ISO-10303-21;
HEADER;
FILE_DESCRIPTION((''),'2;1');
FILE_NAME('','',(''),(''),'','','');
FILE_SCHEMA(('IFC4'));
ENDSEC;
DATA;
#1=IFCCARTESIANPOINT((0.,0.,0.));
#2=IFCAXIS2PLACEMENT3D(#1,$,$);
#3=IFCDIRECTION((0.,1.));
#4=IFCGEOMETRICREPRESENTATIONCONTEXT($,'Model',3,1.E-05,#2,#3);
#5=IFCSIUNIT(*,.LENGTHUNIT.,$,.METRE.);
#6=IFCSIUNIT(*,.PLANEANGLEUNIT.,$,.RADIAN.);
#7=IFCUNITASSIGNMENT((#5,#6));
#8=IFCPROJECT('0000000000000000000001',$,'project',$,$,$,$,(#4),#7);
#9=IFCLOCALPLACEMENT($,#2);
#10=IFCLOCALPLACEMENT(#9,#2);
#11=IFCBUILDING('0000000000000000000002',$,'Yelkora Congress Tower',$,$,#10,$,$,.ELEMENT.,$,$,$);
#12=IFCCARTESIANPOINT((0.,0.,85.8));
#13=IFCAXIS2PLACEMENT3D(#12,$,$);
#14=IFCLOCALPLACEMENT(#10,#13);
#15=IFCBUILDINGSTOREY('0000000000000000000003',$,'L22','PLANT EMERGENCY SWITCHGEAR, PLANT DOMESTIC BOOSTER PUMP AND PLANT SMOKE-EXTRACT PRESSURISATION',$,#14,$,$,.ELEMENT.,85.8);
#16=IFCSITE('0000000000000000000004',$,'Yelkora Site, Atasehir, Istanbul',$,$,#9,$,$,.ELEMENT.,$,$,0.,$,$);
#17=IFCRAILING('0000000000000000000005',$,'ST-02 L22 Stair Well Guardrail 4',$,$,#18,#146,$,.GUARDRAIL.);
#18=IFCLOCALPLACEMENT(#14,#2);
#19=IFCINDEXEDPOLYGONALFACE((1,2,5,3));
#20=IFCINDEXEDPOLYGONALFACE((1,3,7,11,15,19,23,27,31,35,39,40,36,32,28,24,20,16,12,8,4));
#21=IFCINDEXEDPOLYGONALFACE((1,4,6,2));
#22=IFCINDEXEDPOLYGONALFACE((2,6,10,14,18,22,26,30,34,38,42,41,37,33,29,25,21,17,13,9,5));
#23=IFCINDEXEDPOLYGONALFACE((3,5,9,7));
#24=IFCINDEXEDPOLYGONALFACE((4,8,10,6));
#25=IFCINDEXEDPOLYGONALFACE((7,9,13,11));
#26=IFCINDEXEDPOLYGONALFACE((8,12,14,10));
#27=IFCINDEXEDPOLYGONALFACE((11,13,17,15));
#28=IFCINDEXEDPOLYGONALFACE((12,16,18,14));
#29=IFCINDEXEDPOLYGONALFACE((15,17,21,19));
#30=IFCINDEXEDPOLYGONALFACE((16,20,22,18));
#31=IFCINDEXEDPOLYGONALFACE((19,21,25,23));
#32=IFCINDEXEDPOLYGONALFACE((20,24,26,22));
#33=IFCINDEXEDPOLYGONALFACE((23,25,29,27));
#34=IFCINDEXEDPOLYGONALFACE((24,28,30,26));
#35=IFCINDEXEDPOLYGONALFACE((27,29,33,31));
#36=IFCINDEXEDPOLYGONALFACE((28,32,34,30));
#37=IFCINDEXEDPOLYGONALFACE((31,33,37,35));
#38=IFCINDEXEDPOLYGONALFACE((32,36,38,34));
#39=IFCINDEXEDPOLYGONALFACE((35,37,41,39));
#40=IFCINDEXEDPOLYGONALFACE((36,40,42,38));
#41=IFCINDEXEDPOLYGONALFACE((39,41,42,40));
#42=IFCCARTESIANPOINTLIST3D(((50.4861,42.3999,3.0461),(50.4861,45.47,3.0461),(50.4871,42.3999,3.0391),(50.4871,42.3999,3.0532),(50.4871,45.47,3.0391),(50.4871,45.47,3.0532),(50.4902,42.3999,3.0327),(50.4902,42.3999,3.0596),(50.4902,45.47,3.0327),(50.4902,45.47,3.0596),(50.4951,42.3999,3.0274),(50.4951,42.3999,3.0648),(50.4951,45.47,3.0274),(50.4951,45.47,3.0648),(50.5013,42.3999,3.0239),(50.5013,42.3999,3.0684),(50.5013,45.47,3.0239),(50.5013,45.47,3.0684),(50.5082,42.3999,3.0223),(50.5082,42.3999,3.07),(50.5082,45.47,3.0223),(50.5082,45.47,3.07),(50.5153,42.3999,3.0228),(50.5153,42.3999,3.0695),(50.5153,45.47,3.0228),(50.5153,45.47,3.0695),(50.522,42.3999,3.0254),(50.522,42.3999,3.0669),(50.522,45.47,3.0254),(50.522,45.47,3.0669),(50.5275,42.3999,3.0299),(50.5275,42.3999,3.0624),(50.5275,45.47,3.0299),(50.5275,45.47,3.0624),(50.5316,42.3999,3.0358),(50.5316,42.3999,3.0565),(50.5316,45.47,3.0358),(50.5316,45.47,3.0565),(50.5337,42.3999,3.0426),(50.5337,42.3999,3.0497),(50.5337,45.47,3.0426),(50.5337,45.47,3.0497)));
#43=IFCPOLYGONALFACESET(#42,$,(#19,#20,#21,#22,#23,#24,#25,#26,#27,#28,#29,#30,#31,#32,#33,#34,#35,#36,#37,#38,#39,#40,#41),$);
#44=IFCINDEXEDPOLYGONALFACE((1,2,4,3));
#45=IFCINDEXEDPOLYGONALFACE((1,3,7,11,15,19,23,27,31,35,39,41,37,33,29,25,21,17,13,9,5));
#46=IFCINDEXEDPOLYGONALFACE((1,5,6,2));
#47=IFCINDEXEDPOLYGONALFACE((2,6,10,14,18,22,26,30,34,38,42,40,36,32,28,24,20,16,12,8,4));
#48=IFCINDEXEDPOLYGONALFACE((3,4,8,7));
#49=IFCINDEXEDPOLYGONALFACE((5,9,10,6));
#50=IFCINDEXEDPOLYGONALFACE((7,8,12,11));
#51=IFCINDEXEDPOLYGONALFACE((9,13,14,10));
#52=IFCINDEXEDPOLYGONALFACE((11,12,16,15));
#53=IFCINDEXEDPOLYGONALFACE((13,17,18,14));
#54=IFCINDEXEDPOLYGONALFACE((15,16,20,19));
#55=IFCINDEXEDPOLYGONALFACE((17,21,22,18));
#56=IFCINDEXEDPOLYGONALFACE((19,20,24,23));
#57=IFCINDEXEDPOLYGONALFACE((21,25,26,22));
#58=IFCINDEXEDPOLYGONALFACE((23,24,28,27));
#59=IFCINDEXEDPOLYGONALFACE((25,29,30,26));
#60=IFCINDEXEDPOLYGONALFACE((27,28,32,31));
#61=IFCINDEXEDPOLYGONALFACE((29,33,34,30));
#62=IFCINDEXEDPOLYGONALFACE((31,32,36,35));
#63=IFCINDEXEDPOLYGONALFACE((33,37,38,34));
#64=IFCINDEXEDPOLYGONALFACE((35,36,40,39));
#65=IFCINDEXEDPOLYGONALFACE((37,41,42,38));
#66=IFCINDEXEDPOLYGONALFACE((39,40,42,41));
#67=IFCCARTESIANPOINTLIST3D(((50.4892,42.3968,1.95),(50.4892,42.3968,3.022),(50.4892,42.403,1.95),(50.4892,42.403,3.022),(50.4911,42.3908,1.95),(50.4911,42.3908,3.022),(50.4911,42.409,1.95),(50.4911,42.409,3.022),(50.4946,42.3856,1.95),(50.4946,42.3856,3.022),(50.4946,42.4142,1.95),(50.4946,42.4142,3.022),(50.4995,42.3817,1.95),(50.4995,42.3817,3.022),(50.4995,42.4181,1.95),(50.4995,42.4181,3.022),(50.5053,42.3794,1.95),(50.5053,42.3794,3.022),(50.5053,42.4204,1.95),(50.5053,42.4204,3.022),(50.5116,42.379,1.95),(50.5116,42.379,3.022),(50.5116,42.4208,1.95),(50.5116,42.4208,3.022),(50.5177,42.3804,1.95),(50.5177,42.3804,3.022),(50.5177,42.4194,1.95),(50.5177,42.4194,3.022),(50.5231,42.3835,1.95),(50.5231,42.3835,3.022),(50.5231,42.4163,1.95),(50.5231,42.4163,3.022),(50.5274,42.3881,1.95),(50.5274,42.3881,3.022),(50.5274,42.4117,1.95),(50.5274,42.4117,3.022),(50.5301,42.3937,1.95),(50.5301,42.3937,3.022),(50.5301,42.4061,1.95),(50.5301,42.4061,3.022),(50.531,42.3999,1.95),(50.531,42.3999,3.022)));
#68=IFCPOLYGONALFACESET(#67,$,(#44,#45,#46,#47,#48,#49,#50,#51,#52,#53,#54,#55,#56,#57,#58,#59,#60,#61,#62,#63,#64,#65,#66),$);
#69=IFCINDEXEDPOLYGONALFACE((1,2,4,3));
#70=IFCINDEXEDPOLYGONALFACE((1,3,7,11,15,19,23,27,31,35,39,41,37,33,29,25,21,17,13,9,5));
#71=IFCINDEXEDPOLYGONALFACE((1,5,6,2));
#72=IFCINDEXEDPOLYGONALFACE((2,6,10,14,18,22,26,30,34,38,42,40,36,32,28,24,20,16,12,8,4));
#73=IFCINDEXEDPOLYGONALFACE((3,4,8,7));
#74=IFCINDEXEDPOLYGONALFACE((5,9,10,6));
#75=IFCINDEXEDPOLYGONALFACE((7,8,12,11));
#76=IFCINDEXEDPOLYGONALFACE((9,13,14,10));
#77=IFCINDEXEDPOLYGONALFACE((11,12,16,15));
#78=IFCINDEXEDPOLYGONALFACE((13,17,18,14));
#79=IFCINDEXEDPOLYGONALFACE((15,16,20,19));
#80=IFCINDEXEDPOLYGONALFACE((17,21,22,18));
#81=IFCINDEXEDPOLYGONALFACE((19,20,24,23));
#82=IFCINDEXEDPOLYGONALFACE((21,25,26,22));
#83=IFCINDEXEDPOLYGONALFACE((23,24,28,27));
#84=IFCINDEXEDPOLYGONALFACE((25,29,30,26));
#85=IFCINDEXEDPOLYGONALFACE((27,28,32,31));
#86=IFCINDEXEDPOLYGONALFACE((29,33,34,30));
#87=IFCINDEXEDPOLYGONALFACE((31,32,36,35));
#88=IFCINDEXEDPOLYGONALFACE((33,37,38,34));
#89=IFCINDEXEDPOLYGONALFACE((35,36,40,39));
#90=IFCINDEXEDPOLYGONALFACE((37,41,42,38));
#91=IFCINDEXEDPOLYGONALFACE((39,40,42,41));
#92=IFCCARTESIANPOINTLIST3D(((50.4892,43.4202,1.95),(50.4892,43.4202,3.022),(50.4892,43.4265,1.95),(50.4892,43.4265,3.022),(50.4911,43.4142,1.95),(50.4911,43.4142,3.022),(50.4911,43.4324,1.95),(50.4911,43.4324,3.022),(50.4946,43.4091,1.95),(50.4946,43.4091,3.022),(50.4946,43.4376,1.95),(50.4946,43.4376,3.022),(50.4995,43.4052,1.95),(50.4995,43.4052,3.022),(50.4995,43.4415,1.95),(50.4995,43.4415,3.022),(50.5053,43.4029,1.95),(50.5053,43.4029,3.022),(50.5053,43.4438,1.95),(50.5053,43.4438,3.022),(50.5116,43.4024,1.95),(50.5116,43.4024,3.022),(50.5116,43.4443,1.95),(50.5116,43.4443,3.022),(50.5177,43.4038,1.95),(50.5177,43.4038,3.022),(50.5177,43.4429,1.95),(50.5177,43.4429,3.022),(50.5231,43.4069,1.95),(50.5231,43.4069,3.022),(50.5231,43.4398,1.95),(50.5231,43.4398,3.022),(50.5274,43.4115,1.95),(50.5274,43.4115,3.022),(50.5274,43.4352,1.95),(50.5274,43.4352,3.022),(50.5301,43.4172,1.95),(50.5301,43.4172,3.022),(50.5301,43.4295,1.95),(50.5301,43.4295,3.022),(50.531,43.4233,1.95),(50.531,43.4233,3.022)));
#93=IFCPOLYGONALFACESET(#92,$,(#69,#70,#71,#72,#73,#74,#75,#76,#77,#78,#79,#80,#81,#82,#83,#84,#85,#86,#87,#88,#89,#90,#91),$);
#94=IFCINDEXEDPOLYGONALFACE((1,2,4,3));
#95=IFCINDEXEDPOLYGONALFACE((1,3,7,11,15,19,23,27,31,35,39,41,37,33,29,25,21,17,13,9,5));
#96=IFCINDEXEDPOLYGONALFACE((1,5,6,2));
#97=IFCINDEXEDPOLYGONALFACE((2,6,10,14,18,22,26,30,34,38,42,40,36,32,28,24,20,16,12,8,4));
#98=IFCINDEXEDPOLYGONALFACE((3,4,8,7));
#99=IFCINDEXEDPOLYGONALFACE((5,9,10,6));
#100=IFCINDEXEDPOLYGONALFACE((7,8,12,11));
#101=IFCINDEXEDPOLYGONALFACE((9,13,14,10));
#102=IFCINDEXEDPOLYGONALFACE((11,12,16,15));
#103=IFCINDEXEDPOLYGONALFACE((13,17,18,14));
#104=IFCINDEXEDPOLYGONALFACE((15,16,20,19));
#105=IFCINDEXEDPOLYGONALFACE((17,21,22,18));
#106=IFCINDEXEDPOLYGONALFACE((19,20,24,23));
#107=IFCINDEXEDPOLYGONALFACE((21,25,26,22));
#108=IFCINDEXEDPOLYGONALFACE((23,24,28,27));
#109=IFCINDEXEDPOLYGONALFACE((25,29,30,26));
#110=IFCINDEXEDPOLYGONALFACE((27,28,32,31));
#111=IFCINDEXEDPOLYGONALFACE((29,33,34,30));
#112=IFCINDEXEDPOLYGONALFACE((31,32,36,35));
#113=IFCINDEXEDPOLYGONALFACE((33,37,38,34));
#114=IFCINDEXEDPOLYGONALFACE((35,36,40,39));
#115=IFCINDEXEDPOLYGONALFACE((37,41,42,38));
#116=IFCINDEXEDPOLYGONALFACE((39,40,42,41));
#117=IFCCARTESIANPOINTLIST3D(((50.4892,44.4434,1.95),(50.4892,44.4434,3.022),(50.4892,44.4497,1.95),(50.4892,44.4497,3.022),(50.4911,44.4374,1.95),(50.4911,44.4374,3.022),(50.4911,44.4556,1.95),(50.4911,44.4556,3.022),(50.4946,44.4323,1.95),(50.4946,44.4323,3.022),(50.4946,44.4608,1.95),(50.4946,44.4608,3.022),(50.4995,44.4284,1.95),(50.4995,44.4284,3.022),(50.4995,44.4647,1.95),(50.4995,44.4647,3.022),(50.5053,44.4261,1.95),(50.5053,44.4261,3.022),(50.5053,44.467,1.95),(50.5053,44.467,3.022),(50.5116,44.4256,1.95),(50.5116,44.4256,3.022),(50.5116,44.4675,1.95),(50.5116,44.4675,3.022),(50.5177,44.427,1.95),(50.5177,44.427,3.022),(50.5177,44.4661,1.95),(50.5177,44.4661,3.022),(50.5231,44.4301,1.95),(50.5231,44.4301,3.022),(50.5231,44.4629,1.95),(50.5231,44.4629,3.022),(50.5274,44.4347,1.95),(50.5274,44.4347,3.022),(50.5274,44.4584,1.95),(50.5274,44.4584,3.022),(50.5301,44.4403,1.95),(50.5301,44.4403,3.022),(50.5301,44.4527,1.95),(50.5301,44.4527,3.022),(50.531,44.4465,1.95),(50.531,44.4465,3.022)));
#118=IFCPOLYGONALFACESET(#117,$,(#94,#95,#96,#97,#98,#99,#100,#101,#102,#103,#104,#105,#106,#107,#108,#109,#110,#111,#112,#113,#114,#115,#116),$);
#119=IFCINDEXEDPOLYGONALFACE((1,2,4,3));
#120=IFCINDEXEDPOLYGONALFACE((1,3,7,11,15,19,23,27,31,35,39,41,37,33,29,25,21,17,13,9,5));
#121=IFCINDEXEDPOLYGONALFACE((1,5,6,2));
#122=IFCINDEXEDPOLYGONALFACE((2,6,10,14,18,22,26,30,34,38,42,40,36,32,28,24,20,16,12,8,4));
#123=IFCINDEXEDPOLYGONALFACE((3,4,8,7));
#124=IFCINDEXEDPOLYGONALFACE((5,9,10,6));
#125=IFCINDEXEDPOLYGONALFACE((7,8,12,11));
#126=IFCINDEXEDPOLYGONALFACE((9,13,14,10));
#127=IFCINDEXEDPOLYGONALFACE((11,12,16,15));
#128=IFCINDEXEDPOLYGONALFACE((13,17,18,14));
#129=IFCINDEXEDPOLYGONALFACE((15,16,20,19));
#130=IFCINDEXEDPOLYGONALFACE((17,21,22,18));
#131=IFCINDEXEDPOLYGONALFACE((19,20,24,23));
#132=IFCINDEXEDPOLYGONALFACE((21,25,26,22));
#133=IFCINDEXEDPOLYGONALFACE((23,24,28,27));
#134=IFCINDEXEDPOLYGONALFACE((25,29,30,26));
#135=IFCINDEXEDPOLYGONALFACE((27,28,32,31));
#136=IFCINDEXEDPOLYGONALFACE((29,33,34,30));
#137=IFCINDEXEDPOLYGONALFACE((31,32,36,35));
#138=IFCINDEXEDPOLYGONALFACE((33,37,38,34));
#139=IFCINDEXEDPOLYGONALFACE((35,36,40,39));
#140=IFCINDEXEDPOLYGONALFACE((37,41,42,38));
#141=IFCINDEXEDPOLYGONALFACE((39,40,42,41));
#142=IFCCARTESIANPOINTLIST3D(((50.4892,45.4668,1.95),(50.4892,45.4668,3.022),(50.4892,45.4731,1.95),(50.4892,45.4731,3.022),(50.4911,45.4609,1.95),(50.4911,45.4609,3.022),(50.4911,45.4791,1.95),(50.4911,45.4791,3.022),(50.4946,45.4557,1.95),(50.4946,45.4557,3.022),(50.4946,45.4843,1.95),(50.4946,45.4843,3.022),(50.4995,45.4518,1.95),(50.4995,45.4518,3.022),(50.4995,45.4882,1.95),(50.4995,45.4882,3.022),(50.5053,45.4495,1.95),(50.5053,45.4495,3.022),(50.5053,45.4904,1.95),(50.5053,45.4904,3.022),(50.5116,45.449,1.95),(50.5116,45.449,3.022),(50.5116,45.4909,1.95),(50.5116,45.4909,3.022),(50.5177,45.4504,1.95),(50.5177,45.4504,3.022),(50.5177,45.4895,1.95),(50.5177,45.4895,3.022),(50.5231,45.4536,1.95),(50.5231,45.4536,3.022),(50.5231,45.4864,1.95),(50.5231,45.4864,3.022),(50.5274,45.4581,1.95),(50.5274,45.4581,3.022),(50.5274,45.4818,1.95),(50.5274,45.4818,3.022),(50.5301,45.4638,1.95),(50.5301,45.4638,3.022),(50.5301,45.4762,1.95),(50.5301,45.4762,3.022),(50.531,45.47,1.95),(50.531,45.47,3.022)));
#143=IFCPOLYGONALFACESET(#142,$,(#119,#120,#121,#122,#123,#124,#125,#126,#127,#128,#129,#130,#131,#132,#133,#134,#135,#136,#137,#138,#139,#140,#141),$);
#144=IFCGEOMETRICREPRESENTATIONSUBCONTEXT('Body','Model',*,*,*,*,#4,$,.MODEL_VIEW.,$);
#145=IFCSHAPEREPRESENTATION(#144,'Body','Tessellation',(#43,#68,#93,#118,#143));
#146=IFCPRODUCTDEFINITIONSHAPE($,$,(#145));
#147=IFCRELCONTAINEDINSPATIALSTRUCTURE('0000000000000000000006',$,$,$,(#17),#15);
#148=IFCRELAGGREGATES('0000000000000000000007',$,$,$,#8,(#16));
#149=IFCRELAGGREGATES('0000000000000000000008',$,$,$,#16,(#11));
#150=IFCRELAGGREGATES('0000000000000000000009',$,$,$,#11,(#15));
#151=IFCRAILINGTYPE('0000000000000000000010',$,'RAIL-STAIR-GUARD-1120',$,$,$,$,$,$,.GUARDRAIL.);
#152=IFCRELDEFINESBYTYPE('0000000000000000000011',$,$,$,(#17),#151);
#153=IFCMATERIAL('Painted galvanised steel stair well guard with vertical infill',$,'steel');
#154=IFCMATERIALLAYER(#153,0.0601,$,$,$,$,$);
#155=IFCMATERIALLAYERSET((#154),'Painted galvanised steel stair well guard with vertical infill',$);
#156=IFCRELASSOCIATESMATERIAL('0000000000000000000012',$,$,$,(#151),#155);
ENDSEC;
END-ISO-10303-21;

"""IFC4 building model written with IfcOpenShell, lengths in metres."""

from ifc_helpers import new_model, si_unit, direction, frame, origin, origin_2d, place, context, subcontext, project, spatial, circle, extrude, material, layer, layer_set, type_object, element, save


model = new_model("IFC4")

# Units and contexts
model_context = context("Model", 3, precision=1e-05, world=origin(), true_north=direction((0.0, 1.0)))
body_context = subcontext(model_context, "Body", "Model", "MODEL_VIEW")
ifc_project = project(units=[si_unit("LENGTHUNIT", "METRE"), si_unit("PLANEANGLEUNIT", "RADIAN")], contexts=[model_context])

# Site, building, storey
site_placement = place(None, origin())
site = spatial("IfcSite", under=ifc_project, at=site_placement, Name="Yelkora Site, Atasehir, Istanbul", CompositionType="ELEMENT", RefElevation=0.0)
building_placement = place(site_placement, origin())
building = spatial("IfcBuilding", under=site, at=building_placement, Name="Yelkora Congress Tower", CompositionType="ELEMENT")
storey_placement = place(building_placement, frame((0.0, 0.0, 85.8)))
storey = spatial("IfcBuildingStorey", under=building, at=storey_placement, Name="L22", Description="PLANT EMERGENCY SWITCHGEAR, PLANT DOMESTIC BOOSTER PUMP AND PLANT SMOKE-EXTRACT PRESSURISATION", CompositionType="ELEMENT", Elevation=85.8)

# Railing
ifc_material_1 = material(Name="Painted galvanised steel stair well guard with vertical infill", Category="steel")
ifc_layer_1 = layer(ifc_material_1, 0.0601)
ifc_layer_set_1 = layer_set([ifc_layer_1], Name="Painted galvanised steel stair well guard with vertical infill")
railing_type_1 = type_object("IfcRailingType", Name="RAIL-STAIR-GUARD-1120", PredefinedType="GUARDRAIL", material=ifc_layer_set_1)
for number, where, name in (
    (1, (50.51, 42.3999, 1.95), "ST-02 L22 Stair Well Guardrail 4"),
):
    element("IfcRailing", number, at=place(storey_placement, frame(where)), inside=storey, type_object=railing_type_1, Name=name, PredefinedType="GUARDRAIL", context=body_context, shape_type="SweptSolid", body=[
        extrude(circle(Radius=0.0239, at=origin_2d()), frame((0.0, 0.0, 1.0962), z_axis=(0.0, 1.0, 0.0), x_axis=(-1.0, 0.0, 0.0)), (0.0, 0.0, 1.0), 3.0701),
        extrude(circle(Radius=0.021, at=origin_2d()), origin(), (0.0, 0.0, 1.0), 1.072),
        extrude(circle(Radius=0.021, at=origin_2d()), frame((0.0, 1.0234, 0.0)), (0.0, 0.0, 1.0), 1.072),
        extrude(circle(Radius=0.021, at=origin_2d()), frame((0.0, 2.0466, 0.0)), (0.0, 0.0, 1.0), 1.072),
        extrude(circle(Radius=0.021, at=origin_2d()), frame((0.0, 3.0701, 0.0)), (0.0, 0.0, 1.0), 1.072),
    ])

save(model, "model.ifc")
